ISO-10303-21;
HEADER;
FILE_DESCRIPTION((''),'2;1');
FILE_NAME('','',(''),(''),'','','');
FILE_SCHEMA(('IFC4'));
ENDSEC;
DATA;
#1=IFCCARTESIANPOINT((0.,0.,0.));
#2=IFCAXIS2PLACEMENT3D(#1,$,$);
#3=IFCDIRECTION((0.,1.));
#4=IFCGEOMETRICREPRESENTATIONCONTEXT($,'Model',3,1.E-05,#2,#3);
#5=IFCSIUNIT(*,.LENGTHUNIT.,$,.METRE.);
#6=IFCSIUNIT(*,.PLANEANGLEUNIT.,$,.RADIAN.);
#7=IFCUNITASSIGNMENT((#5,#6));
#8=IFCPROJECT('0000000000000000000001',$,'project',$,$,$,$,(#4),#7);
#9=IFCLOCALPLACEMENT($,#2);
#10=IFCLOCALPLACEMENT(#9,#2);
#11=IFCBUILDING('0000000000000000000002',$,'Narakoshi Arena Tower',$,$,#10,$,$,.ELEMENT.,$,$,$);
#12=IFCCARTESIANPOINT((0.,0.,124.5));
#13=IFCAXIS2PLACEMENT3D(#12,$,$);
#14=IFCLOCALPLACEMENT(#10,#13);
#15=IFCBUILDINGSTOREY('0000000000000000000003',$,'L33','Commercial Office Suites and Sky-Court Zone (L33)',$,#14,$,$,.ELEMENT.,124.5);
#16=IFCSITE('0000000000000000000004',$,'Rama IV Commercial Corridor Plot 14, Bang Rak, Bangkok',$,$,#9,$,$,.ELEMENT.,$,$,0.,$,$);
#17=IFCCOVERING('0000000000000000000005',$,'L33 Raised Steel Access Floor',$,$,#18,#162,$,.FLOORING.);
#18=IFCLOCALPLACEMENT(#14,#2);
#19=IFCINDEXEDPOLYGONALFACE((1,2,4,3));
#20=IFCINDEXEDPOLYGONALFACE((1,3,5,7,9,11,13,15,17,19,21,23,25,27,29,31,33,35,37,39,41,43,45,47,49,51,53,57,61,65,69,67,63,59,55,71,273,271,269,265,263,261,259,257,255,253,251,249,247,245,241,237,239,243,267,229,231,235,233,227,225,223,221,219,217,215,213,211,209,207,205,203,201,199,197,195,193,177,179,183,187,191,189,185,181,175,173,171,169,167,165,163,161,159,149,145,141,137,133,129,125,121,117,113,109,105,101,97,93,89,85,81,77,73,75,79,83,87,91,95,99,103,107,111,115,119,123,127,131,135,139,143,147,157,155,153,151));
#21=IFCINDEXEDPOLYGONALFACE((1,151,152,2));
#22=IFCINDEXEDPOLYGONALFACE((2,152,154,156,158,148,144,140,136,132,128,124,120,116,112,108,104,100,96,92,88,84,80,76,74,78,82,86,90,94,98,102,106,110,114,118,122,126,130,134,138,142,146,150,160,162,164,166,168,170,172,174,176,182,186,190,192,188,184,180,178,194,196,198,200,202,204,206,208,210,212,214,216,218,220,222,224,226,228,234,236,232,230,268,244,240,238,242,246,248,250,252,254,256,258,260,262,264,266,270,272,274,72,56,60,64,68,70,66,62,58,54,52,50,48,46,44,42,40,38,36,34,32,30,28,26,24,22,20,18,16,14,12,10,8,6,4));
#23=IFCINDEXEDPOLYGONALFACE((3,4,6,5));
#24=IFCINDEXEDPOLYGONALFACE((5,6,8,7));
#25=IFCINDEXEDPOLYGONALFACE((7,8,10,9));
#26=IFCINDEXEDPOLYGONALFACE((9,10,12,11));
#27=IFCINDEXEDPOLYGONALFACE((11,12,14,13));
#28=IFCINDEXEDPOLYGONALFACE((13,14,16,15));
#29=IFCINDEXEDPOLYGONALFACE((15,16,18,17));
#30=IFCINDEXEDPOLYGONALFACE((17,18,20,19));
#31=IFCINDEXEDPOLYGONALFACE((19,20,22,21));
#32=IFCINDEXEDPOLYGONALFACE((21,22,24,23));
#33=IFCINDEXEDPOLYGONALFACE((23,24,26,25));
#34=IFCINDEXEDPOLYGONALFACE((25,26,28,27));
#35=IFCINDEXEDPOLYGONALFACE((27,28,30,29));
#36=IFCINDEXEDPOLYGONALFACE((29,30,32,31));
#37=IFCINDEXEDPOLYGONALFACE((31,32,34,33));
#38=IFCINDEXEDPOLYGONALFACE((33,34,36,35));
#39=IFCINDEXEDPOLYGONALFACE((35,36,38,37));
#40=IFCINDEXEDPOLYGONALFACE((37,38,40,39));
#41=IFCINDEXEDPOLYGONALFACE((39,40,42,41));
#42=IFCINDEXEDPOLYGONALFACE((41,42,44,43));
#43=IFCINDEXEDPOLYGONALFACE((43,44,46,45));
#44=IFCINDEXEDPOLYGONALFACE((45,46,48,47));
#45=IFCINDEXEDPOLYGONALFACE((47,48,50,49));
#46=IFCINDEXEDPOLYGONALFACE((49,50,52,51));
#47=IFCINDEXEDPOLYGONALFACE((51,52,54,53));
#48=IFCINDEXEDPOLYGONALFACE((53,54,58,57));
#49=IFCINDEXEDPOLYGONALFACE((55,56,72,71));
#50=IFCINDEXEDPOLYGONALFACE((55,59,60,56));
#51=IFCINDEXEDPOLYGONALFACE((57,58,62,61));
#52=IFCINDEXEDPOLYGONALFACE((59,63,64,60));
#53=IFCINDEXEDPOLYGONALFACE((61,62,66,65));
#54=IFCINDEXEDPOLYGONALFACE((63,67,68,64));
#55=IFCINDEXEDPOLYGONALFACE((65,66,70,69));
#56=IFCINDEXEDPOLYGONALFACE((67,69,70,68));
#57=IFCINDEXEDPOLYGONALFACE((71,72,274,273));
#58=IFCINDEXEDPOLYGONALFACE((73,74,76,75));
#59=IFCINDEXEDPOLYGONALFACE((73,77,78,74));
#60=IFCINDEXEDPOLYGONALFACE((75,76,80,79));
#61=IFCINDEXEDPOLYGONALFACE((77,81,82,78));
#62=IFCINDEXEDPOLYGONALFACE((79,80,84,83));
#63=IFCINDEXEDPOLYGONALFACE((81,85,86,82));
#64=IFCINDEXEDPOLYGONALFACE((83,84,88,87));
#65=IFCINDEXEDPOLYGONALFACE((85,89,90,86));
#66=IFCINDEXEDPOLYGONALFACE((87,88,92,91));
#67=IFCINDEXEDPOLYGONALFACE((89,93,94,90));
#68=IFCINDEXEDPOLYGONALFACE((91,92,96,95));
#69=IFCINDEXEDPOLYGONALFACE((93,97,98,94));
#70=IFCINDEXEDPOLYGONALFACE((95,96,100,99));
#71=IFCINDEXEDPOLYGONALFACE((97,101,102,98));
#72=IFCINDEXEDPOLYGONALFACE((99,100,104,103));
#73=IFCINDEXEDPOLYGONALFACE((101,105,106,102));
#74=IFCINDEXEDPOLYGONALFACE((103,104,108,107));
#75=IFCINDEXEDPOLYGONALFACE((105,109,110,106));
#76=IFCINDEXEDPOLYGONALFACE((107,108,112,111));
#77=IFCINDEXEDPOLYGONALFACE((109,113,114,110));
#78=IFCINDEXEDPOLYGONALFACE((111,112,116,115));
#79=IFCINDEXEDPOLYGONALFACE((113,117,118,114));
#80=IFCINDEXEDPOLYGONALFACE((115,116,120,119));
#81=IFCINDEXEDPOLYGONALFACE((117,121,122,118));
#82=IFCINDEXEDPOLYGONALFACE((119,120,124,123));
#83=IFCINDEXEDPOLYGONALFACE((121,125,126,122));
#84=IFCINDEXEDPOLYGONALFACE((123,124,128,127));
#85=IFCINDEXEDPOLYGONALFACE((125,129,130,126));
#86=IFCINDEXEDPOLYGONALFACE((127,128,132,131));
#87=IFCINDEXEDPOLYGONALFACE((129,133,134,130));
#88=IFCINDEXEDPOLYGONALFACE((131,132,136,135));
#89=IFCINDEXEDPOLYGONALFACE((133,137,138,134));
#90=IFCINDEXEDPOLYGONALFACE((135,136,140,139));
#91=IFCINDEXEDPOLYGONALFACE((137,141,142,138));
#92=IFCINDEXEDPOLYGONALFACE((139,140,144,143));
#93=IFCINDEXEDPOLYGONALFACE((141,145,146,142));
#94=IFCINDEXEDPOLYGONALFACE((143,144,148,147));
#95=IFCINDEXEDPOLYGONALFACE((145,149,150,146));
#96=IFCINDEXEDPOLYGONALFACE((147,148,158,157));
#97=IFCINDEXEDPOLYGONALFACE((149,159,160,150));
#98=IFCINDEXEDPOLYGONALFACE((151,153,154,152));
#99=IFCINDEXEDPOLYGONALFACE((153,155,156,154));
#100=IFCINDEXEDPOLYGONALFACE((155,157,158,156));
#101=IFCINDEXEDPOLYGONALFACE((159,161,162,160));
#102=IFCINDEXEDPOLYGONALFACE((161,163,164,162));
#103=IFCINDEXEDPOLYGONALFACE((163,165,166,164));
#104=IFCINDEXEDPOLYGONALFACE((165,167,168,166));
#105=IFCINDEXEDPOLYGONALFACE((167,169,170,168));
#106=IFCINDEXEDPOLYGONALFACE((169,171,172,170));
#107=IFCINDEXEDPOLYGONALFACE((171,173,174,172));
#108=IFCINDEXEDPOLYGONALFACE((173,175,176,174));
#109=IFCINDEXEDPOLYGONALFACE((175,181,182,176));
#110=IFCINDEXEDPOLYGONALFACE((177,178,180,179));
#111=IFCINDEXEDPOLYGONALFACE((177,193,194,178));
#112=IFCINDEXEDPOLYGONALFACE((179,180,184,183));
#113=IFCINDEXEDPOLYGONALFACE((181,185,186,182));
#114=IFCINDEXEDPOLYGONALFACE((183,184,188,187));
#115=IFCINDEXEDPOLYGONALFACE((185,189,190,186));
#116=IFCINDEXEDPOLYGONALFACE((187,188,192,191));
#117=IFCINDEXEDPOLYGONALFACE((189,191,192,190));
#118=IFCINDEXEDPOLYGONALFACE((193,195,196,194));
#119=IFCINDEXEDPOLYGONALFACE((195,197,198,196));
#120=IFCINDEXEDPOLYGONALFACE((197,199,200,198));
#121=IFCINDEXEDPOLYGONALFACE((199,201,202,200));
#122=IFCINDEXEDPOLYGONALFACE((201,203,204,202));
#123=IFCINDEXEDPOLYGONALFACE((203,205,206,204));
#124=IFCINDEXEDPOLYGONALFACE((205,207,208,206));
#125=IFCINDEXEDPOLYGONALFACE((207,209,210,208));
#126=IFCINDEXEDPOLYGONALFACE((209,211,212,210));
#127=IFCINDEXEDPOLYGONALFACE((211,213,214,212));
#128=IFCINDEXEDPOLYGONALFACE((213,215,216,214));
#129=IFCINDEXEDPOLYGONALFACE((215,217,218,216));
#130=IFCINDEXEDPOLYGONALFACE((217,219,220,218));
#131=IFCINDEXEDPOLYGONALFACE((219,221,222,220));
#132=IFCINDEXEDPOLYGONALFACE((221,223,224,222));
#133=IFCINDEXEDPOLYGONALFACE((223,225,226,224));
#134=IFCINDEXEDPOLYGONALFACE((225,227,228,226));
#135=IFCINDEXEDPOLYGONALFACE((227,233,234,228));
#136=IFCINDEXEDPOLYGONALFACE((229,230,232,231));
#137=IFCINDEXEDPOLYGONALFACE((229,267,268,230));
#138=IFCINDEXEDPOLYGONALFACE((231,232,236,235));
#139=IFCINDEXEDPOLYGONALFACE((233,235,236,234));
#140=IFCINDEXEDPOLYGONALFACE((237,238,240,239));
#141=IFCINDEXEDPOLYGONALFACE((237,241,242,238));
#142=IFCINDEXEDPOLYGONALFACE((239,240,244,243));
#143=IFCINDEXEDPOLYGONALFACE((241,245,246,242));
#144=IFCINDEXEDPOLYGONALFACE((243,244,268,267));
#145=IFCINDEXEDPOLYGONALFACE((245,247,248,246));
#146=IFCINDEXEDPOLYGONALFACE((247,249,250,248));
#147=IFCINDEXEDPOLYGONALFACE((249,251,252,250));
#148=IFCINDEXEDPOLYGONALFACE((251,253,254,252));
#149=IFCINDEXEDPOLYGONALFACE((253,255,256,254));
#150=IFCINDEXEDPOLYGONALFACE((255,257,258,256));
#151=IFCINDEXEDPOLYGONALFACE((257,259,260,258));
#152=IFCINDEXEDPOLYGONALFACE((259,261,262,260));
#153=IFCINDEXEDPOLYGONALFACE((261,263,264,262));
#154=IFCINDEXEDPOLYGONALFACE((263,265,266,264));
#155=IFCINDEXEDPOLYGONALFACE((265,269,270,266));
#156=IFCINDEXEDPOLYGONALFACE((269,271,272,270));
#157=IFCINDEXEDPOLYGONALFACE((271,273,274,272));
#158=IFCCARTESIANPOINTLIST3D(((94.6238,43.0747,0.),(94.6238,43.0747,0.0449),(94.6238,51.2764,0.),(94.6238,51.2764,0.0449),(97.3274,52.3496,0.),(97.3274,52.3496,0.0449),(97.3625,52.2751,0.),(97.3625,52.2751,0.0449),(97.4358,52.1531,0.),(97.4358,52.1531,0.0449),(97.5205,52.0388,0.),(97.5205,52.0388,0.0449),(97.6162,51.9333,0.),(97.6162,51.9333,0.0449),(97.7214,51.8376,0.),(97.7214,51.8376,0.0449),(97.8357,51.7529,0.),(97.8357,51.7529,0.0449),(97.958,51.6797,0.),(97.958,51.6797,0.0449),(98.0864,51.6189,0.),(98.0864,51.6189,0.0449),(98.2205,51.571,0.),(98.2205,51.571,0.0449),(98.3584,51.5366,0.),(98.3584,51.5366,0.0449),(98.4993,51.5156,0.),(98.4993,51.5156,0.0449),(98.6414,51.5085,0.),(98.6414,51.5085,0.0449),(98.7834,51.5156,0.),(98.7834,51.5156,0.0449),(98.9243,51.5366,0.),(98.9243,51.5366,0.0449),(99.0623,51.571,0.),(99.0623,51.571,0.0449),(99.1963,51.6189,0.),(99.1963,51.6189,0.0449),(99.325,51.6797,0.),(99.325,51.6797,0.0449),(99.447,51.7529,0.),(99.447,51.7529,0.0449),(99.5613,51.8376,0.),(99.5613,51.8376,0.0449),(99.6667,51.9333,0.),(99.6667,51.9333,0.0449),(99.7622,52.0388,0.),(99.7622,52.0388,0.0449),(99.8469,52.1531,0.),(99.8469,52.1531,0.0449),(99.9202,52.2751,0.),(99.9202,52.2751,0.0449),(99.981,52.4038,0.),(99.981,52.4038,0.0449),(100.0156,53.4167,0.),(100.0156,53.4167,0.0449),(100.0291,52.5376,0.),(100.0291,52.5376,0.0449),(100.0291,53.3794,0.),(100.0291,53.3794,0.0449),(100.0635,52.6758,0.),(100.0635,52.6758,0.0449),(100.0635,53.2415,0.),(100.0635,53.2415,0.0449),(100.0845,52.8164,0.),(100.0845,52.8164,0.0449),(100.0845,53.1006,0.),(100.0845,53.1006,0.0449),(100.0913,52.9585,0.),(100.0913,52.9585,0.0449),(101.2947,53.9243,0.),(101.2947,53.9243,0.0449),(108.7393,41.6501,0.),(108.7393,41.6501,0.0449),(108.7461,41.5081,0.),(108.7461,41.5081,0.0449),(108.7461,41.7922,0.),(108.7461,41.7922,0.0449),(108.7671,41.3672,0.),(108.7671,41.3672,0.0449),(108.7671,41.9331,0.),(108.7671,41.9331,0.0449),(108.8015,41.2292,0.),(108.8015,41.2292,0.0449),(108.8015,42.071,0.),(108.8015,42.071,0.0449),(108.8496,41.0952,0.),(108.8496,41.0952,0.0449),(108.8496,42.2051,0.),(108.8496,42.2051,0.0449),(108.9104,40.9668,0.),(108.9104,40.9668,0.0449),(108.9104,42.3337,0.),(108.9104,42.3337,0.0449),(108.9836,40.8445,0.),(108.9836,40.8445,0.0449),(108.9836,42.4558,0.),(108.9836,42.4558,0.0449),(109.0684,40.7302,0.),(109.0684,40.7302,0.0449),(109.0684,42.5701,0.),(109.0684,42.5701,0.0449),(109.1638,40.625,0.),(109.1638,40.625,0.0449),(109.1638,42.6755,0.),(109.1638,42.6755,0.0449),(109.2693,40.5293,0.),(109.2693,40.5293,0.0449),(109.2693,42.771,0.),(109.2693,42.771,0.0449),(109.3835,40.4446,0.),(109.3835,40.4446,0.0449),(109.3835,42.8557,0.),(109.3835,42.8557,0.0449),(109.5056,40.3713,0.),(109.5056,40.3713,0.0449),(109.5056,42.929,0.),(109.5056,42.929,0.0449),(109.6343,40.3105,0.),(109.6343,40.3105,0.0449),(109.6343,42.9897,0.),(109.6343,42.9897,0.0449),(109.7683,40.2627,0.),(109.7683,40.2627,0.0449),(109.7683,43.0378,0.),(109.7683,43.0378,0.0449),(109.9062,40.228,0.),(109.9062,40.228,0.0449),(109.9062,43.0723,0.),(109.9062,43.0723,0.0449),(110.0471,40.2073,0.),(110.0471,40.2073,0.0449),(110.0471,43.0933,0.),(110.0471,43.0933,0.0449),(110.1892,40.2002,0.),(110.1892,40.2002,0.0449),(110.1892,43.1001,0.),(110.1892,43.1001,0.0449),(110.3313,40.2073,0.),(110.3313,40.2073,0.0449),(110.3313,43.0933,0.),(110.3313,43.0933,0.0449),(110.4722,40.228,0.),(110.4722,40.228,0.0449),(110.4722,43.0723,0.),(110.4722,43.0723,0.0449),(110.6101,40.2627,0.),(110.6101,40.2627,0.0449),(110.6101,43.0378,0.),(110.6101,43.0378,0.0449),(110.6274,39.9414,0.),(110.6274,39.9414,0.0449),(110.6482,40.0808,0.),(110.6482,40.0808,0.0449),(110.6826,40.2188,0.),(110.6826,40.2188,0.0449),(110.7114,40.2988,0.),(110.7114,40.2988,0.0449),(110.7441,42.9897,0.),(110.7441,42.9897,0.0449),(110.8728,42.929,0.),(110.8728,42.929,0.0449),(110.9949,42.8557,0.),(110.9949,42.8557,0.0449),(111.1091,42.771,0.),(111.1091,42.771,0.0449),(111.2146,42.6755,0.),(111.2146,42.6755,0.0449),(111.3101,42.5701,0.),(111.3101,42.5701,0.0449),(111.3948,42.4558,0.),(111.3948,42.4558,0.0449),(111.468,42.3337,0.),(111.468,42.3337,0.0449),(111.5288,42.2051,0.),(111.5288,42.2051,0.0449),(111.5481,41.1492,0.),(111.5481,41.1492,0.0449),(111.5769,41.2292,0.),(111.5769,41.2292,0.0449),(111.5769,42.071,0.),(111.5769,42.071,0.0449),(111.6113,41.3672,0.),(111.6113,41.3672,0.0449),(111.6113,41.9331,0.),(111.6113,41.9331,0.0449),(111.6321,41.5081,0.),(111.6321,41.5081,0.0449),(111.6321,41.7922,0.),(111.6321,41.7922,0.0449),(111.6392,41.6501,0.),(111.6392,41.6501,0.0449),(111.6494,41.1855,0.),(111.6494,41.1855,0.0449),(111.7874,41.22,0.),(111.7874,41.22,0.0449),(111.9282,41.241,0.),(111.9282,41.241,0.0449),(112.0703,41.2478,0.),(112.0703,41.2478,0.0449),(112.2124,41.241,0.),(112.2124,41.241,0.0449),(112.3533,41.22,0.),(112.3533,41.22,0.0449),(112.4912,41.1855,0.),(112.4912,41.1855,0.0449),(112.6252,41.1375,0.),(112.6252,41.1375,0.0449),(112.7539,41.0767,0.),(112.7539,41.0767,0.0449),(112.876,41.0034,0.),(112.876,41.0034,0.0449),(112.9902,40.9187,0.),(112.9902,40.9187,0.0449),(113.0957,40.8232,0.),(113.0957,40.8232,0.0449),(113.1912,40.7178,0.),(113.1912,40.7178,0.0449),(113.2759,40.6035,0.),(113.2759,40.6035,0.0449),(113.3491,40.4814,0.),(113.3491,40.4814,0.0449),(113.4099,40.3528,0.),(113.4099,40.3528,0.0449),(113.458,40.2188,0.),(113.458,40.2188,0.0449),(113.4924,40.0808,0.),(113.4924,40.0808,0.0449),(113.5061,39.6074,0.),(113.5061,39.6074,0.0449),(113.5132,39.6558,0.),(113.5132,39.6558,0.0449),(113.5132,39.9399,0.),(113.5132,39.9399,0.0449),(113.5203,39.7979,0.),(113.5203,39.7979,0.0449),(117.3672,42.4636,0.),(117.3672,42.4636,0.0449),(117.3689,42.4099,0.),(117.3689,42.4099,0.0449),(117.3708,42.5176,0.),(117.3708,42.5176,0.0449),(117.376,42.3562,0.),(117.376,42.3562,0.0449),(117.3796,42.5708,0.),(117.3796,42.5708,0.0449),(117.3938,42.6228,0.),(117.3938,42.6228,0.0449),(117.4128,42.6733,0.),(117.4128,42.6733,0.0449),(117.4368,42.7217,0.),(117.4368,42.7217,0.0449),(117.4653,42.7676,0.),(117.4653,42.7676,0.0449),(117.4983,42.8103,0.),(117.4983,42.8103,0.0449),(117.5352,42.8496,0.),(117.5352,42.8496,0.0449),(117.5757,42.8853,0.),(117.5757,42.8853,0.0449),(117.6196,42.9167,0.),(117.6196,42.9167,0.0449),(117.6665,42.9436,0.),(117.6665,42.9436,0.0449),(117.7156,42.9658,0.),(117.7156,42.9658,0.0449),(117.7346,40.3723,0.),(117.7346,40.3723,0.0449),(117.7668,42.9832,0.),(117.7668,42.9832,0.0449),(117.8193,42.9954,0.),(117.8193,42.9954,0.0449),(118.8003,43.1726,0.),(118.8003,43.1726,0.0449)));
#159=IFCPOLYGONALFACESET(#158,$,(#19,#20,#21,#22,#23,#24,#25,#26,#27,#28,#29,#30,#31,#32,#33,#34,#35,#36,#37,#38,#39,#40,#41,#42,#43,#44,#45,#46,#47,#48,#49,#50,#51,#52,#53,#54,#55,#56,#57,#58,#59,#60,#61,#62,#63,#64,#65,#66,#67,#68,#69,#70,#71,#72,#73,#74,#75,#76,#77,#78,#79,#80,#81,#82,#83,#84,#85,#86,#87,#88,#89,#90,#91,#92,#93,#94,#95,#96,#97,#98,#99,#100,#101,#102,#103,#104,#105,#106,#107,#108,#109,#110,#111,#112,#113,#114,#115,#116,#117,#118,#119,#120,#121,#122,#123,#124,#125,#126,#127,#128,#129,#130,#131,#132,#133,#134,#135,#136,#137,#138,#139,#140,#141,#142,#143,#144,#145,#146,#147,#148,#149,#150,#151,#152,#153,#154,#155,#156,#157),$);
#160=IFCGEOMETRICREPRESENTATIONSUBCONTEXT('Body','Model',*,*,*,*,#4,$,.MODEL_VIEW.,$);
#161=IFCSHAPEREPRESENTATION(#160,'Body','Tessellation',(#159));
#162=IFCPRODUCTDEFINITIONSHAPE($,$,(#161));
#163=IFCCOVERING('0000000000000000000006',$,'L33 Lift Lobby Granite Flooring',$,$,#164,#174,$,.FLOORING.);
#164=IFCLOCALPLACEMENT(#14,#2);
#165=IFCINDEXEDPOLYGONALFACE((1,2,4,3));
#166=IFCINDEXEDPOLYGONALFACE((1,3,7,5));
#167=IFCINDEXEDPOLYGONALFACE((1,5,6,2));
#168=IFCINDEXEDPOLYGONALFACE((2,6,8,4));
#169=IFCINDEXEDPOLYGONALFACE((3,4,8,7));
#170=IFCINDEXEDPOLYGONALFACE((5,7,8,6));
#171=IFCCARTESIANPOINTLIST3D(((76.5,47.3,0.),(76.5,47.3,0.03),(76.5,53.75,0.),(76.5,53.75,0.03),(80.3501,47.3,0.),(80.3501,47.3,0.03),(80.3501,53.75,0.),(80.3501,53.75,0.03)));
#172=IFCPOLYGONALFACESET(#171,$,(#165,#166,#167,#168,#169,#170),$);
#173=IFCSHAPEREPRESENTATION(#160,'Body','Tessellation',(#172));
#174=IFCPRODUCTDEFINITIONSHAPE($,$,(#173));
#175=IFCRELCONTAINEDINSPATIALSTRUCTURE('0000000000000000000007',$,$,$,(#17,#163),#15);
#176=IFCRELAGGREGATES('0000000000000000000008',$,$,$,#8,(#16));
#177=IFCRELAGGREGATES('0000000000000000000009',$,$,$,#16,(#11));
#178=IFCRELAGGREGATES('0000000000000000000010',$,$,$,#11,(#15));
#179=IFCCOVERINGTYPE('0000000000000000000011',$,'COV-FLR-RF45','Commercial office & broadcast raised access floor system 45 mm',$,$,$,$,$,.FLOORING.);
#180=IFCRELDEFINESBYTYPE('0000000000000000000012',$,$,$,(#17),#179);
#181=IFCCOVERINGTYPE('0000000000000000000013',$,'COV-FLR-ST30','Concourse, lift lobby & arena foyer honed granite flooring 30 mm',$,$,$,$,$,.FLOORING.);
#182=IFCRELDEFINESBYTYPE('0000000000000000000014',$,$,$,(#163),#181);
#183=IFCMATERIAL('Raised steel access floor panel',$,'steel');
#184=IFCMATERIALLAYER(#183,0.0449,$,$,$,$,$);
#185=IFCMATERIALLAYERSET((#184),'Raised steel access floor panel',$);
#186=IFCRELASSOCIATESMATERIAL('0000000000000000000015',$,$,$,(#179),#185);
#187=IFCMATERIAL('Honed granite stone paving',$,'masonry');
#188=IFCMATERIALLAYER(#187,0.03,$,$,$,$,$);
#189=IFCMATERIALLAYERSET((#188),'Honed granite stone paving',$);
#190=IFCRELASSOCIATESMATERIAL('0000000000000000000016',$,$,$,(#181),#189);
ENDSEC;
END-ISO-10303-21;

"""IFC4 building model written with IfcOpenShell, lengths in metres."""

from ifc_helpers import new_model, si_unit, direction, frame, origin, place, context, subcontext, project, spatial, polyline, outline, extrude, material, layer, layer_set, type_object, element, save


model = new_model("IFC4")

# Units and contexts
model_context = context("Model", 3, precision=1e-05, world=origin(), true_north=direction((0.0, 1.0)))
body_context = subcontext(model_context, "Body", "Model", "MODEL_VIEW")
ifc_project = project(units=[si_unit("LENGTHUNIT", "METRE"), si_unit("PLANEANGLEUNIT", "RADIAN")], contexts=[model_context])

# Site, building, storey
site_placement = place(None, origin())
site = spatial("IfcSite", under=ifc_project, at=site_placement, Name="Rama IV Commercial Corridor Plot 14, Bang Rak, Bangkok", CompositionType="ELEMENT", RefElevation=0.0)
building_placement = place(site_placement, origin())
building = spatial("IfcBuilding", under=site, at=building_placement, Name="Narakoshi Arena Tower", CompositionType="ELEMENT")
storey_placement = place(building_placement, frame((0.0, 0.0, 124.5)))
storey = spatial("IfcBuildingStorey", under=building, at=storey_placement, Name="L33", Description="Commercial Office Suites and Sky-Court Zone (L33)", CompositionType="ELEMENT", Elevation=124.5)

# Coverings
ifc_material_1 = material(Name="Raised steel access floor panel", Category="steel")
ifc_layer_1 = layer(ifc_material_1, 0.0449)
ifc_layer_set_1 = layer_set([ifc_layer_1], Name="Raised steel access floor panel")
covering_type_1 = type_object("IfcCoveringType", Name="COV-FLR-RF45", Description="Commercial office & broadcast raised access floor system 45 mm", PredefinedType="FLOORING", material=ifc_layer_set_1)
covering_1_placement = place(storey_placement, origin())
element("IfcCovering", 1, at=covering_1_placement, inside=storey, type_object=covering_type_1, Name="L33 Raised Steel Access Floor", PredefinedType="FLOORING", context=body_context, shape_type="SweptSolid", body=[
    extrude(outline(polyline([(117.8193, 42.9954), (117.7668, 42.9832), (117.7156, 42.9658), (117.6665, 42.9436), (117.6196, 42.9167), (117.5757, 42.8853), (117.5352, 42.8496), (117.4983, 42.8103), (117.4653, 42.7676), (117.4368, 42.7217), (117.4128, 42.6733), (117.3938, 42.6228), (117.3796, 42.5708), (117.3708, 42.5176), (117.3672, 42.4636), (117.3689, 42.4099), (117.376, 42.3562), (117.7346, 40.3723), (113.5061, 39.6074), (113.5132, 39.6558), (113.5203, 39.7979), (113.5132, 39.9399), (113.4924, 40.0808), (113.458, 40.2188), (113.4099, 40.3528), (113.3491, 40.4814), (113.2759, 40.6035), (113.1912, 40.7178), (113.0957, 40.8232), (112.9902, 40.9187), (112.876, 41.0034), (112.7539, 41.0767), (112.6252, 41.1375), (112.4912, 41.1855), (112.3533, 41.22), (112.2124, 41.241), (112.0703, 41.2478), (111.9282, 41.241), (111.7874, 41.22), (111.6494, 41.1855), (111.5481, 41.1492), (111.5769, 41.2292), (111.6113, 41.3672), (111.6321, 41.5081), (111.6392, 41.6501), (111.6321, 41.7922), (111.6113, 41.9331), (111.5769, 42.071), (111.5288, 42.2051), (111.468, 42.3337), (111.3948, 42.4558), (111.3101, 42.5701), (111.2146, 42.6755), (111.1091, 42.771), (110.9949, 42.8557), (110.8728, 42.929), (110.7441, 42.9897), (110.6101, 43.0378), (110.4722, 43.0723), (110.3313, 43.0933), (110.1892, 43.1001), (110.0471, 43.0933), (109.9062, 43.0723), (109.7683, 43.0378), (109.6343, 42.9897), (109.5056, 42.929), (109.3835, 42.8557), (109.2693, 42.771), (109.1638, 42.6755), (109.0684, 42.5701), (108.9836, 42.4558), (108.9104, 42.3337), (108.8496, 42.2051), (108.8015, 42.071), (108.7671, 41.9331), (108.7461, 41.7922), (108.7393, 41.6501), (108.7461, 41.5081), (108.7671, 41.3672), (108.8015, 41.2292), (108.8496, 41.0952), (108.9104, 40.9668), (108.9836, 40.8445), (109.0684, 40.7302), (109.1638, 40.625), (109.2693, 40.5293), (109.3835, 40.4446), (109.5056, 40.3713), (109.6343, 40.3105), (109.7683, 40.2627), (109.9062, 40.228), (110.0471, 40.2073), (110.1892, 40.2002), (110.3313, 40.2073), (110.4722, 40.228), (110.6101, 40.2627), (110.7114, 40.2988), (110.6826, 40.2188), (110.6482, 40.0808), (110.6274, 39.9414), (94.6238, 43.0747), (94.6238, 51.2764), (97.3274, 52.3496), (97.3625, 52.2751), (97.4358, 52.1531), (97.5205, 52.0388), (97.6162, 51.9333), (97.7214, 51.8376), (97.8357, 51.7529), (97.958, 51.6797), (98.0864, 51.6189), (98.2205, 51.571), (98.3584, 51.5366), (98.4993, 51.5156), (98.6414, 51.5085), (98.7834, 51.5156), (98.9243, 51.5366), (99.0623, 51.571), (99.1963, 51.6189), (99.325, 51.6797), (99.447, 51.7529), (99.5613, 51.8376), (99.6667, 51.9333), (99.7622, 52.0388), (99.8469, 52.1531), (99.9202, 52.2751), (99.981, 52.4038), (100.0291, 52.5376), (100.0635, 52.6758), (100.0845, 52.8164), (100.0913, 52.9585), (100.0845, 53.1006), (100.0635, 53.2415), (100.0291, 53.3794), (100.0156, 53.4167), (101.2947, 53.9243), (118.8003, 43.1726), (117.8193, 42.9954)])), origin(), (0.0, 0.0, 1.0), 0.0449),
])
ifc_material_2 = material(Name="Honed granite stone paving", Category="masonry")
ifc_layer_2 = layer(ifc_material_2, 0.03)
ifc_layer_set_2 = layer_set([ifc_layer_2], Name="Honed granite stone paving")
covering_type_2 = type_object("IfcCoveringType", Name="COV-FLR-ST30", Description="Concourse, lift lobby & arena foyer honed granite flooring 30 mm", PredefinedType="FLOORING", material=ifc_layer_set_2)
covering_2_placement = place(storey_placement, origin())
element("IfcCovering", 2, at=covering_2_placement, inside=storey, type_object=covering_type_2, Name="L33 Lift Lobby Granite Flooring", PredefinedType="FLOORING", context=body_context, shape_type="SweptSolid", body=[
    extrude(outline(polyline([(76.5, 47.3), (80.3501, 47.3), (80.3501, 53.75), (76.5, 53.75), (76.5, 47.3)])), origin(), (0.0, 0.0, 1.0), 0.03),
])

save(model, "model.ifc")
